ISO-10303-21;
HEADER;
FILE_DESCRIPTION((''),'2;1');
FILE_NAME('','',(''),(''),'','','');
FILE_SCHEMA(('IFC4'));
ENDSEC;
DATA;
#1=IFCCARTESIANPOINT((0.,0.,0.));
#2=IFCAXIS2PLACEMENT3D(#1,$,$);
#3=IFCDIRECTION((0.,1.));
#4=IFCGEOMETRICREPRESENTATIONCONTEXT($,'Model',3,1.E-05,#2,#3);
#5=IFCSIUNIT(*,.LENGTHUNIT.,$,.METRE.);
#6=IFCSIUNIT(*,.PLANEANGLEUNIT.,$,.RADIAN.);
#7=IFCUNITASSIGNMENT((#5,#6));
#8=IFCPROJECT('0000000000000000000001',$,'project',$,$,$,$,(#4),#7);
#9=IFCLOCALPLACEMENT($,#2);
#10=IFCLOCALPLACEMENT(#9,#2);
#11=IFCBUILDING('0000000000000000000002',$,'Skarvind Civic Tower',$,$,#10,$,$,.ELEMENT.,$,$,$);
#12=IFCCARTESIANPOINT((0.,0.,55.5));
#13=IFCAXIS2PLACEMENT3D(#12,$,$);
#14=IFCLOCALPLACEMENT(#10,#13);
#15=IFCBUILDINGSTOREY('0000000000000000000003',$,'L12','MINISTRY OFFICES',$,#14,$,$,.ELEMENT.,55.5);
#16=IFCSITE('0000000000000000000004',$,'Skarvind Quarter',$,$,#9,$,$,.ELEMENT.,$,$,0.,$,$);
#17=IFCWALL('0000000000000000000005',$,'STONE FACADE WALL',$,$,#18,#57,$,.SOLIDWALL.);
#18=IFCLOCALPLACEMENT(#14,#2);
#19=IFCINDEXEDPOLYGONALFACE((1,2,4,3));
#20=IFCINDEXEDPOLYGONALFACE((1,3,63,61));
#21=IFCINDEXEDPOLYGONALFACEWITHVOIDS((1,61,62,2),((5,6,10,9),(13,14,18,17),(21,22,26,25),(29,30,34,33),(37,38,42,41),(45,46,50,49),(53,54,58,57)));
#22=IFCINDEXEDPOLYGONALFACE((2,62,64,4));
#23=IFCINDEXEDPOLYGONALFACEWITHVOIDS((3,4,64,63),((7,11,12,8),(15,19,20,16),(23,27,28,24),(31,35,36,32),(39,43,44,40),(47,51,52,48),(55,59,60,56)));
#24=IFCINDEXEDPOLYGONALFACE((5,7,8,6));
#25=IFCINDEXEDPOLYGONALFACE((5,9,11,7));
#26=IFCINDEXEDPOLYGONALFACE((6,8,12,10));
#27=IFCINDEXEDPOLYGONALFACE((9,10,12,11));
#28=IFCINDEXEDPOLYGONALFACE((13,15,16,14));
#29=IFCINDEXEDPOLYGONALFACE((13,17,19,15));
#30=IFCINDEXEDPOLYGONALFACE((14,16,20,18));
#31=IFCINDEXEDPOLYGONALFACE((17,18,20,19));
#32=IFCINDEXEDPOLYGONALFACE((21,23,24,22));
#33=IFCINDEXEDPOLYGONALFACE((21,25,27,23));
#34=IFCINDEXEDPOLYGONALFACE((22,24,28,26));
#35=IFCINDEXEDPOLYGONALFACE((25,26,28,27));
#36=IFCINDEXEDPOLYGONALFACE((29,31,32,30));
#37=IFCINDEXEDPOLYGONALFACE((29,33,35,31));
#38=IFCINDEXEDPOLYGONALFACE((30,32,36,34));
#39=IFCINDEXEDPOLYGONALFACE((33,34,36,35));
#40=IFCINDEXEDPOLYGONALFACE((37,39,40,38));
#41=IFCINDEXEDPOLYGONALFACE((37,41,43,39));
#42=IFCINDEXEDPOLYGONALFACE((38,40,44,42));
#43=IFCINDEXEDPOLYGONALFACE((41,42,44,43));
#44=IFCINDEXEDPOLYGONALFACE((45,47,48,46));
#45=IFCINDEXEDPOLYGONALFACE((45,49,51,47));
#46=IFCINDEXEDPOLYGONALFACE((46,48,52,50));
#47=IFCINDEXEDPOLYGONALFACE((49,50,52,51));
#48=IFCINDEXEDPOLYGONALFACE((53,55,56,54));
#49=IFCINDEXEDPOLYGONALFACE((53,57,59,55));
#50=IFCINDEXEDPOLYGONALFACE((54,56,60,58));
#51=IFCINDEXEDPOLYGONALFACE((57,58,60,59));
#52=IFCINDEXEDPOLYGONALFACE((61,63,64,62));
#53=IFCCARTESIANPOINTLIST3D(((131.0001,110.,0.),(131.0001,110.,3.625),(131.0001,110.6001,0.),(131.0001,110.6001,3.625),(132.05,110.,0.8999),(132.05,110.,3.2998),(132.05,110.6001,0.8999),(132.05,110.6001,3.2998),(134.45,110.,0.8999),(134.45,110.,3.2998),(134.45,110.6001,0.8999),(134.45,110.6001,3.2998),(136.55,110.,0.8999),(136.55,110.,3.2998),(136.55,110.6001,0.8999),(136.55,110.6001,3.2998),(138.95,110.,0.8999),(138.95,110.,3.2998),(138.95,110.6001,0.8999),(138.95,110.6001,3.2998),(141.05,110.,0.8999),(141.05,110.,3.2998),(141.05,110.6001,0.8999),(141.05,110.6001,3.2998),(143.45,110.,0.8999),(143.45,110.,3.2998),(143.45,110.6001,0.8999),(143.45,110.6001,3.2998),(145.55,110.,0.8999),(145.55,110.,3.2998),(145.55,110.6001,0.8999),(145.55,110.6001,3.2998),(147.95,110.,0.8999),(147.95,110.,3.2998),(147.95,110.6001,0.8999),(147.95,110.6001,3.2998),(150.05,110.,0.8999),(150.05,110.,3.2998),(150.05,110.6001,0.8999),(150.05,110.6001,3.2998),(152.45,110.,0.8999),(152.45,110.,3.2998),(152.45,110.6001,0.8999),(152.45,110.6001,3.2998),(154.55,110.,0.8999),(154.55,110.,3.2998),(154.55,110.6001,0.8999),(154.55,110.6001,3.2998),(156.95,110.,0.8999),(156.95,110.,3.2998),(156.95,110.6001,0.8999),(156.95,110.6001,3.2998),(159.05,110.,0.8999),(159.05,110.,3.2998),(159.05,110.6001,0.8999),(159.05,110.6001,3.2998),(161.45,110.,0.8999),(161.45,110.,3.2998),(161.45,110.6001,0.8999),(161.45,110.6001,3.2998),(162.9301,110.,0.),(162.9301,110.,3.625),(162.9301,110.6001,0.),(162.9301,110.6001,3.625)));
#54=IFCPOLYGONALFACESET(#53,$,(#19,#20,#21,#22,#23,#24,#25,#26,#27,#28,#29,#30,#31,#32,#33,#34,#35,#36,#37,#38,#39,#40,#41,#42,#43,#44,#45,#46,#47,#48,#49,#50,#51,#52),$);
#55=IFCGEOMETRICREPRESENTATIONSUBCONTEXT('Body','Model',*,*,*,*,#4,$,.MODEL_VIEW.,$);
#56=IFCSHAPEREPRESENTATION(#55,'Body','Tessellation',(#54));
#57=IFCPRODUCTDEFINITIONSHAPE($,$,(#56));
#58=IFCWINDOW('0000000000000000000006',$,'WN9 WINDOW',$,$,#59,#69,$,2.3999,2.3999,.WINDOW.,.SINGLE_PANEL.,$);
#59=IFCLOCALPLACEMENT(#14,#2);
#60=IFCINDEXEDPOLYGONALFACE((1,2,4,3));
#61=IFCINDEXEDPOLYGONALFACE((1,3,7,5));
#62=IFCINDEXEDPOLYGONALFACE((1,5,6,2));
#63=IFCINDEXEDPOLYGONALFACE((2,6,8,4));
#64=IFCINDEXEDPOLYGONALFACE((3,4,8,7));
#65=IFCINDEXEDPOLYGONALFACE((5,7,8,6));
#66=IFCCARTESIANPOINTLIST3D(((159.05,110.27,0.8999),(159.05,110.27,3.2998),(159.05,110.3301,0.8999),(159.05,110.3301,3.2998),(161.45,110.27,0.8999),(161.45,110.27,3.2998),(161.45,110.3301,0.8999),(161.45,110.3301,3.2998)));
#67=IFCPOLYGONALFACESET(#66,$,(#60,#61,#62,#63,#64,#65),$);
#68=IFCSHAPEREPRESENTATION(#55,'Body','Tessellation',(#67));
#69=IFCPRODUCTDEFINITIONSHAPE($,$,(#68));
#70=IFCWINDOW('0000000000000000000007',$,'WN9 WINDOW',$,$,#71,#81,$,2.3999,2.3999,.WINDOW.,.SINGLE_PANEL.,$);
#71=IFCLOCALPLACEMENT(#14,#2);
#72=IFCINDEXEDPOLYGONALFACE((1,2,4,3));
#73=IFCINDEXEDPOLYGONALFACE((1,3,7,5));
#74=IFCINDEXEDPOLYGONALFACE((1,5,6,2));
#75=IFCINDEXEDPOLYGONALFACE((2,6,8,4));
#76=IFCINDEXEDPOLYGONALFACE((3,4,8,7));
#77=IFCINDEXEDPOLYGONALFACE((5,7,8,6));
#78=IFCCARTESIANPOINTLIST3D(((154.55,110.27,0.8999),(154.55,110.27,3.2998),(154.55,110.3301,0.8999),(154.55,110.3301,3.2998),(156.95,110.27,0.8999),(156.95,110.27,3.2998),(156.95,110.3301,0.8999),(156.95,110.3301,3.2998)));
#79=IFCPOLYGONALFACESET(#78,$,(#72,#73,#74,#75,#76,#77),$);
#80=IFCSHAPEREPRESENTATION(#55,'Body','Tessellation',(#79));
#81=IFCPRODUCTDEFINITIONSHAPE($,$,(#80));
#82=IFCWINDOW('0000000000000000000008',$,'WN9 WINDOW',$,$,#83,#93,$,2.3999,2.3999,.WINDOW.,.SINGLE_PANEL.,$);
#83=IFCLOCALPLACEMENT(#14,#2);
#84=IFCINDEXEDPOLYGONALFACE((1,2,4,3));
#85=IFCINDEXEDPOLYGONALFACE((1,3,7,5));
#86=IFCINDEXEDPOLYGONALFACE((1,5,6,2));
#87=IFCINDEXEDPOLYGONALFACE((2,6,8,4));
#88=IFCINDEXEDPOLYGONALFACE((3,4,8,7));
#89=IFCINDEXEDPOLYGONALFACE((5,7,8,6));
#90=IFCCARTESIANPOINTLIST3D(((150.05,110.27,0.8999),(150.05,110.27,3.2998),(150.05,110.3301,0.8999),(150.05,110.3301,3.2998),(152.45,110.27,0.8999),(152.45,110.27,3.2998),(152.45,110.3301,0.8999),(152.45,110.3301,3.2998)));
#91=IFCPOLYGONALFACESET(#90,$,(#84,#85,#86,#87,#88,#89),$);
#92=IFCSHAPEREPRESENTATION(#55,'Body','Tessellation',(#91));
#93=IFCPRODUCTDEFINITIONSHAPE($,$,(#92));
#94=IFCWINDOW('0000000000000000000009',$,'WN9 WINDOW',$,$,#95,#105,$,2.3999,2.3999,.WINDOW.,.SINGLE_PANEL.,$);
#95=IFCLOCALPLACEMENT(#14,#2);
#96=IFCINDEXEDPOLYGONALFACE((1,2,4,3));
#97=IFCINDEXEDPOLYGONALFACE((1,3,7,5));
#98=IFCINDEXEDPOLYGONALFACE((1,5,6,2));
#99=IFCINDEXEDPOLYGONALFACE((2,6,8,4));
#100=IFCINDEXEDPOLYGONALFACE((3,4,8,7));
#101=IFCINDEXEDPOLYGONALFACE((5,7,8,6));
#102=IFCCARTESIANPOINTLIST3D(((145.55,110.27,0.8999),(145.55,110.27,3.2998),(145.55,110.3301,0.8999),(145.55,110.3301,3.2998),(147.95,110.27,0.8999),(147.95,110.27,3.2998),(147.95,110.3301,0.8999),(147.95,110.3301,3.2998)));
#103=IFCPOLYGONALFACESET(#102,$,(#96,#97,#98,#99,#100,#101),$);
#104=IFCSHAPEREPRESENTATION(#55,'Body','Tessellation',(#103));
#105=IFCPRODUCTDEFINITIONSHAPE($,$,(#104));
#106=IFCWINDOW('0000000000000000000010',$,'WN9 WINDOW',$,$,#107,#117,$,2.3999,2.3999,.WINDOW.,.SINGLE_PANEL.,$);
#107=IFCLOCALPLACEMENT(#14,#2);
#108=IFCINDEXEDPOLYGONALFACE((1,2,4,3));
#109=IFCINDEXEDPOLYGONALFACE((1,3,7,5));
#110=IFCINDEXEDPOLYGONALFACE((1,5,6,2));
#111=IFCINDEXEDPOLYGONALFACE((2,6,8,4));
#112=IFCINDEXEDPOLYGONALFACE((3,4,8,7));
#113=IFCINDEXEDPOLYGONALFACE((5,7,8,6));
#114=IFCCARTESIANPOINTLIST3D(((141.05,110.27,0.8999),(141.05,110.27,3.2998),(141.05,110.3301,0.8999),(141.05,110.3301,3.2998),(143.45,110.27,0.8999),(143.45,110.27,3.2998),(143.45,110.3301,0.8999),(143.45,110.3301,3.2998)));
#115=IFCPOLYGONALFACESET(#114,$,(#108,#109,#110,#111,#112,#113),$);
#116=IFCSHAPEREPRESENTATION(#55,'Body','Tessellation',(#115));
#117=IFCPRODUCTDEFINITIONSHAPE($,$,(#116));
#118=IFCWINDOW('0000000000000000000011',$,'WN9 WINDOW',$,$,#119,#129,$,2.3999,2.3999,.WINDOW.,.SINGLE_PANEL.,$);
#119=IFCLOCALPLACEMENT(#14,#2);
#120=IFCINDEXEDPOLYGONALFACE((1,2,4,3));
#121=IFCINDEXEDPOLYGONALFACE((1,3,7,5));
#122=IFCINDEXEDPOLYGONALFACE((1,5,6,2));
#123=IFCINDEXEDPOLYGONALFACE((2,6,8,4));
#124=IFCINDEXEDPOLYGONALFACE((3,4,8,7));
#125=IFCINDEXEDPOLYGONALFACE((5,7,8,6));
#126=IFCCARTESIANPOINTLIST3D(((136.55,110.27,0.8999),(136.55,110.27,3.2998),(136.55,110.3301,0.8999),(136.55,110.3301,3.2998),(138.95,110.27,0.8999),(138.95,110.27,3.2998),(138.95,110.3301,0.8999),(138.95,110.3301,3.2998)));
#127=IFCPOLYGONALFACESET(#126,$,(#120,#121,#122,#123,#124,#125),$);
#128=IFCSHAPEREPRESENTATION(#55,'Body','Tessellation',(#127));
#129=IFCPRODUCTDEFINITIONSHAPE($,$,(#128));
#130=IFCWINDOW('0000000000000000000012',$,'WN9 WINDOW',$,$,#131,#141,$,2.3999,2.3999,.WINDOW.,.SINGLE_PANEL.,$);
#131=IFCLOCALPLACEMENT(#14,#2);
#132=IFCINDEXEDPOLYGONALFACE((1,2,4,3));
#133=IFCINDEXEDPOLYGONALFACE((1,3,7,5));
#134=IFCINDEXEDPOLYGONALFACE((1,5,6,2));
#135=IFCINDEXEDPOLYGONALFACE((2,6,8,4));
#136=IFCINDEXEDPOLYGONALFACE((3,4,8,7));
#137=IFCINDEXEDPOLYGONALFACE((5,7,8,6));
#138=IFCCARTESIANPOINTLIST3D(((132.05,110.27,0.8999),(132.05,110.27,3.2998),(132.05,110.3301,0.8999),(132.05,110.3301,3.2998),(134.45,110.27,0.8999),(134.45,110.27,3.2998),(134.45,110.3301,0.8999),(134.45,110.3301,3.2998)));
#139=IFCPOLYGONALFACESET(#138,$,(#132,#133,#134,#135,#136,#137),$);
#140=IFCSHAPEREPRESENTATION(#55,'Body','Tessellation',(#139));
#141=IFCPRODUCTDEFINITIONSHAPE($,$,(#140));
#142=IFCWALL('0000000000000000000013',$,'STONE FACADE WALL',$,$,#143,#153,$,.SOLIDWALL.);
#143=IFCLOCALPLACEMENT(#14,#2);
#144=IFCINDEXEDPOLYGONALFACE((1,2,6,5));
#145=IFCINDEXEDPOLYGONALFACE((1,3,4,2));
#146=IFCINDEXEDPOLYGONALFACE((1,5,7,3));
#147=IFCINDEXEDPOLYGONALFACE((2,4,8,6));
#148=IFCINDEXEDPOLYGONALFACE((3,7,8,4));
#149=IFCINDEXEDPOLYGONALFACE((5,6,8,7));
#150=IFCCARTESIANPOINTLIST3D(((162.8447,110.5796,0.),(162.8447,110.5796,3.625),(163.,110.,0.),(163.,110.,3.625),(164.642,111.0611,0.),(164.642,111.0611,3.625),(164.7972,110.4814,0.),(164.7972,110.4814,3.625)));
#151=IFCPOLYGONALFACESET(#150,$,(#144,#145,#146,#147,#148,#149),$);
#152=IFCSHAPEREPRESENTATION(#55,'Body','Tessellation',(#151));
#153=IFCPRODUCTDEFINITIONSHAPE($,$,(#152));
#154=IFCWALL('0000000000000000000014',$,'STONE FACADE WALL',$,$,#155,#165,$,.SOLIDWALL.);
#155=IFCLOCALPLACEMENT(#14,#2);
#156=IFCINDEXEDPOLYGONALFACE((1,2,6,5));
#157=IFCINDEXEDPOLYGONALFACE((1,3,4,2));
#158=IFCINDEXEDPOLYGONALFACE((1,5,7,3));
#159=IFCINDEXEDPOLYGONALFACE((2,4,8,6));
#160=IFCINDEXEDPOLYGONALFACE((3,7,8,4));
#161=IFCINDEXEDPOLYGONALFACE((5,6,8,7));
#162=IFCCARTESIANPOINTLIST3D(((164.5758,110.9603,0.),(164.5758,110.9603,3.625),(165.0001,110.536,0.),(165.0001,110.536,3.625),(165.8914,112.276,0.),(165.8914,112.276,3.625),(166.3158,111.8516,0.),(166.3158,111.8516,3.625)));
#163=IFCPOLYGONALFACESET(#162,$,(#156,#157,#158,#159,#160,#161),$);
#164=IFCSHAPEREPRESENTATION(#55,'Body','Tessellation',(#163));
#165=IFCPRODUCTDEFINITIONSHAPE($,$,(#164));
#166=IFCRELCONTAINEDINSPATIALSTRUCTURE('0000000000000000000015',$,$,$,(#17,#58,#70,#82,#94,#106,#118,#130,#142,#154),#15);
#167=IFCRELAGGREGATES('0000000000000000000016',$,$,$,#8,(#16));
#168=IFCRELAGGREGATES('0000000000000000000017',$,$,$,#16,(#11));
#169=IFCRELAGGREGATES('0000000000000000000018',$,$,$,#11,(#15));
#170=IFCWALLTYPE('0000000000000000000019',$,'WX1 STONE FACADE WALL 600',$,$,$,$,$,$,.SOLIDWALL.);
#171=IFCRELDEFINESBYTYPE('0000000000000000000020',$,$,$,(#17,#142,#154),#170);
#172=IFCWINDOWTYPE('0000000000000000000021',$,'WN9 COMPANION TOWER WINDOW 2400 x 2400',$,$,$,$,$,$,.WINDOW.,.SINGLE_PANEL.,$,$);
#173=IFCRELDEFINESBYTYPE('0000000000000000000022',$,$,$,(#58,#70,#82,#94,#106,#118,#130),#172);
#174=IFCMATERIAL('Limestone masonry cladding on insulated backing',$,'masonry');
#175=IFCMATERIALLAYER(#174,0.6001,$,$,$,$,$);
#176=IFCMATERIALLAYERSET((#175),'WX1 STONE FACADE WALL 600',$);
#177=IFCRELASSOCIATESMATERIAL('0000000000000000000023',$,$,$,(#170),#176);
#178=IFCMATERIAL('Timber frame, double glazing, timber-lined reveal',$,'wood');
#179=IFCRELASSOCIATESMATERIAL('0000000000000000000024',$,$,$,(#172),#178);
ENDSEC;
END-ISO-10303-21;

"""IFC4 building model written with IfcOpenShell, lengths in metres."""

from ifc_helpers import new_model, si_unit, direction, frame, frame_2d, origin, place, context, subcontext, project, spatial, rectangle, extrude, material, layer, layer_set, type_object, element, fill, save


model = new_model("IFC4")

# Units and contexts
model_context = context("Model", 3, precision=1e-05, world=origin(), true_north=direction((0.0, 1.0)))
body_context = subcontext(model_context, "Body", "Model", "MODEL_VIEW")
ifc_project = project(units=[si_unit("LENGTHUNIT", "METRE"), si_unit("PLANEANGLEUNIT", "RADIAN")], contexts=[model_context])

# Site, building, storey
site_placement = place(None, origin())
site = spatial("IfcSite", under=ifc_project, at=site_placement, Name="Skarvind Quarter", CompositionType="ELEMENT", RefElevation=0.0)
building_placement = place(site_placement, origin())
building = spatial("IfcBuilding", under=site, at=building_placement, Name="Skarvind Civic Tower", CompositionType="ELEMENT")
storey_placement = place(building_placement, frame((0.0, 0.0, 55.5)))
storey = spatial("IfcBuildingStorey", under=building, at=storey_placement, Name="L12", Description="MINISTRY OFFICES", CompositionType="ELEMENT", Elevation=55.5)

# Wall, openings, windows
ifc_material_1 = material(Name="Limestone masonry cladding on insulated backing", Category="masonry")
ifc_layer_1 = layer(ifc_material_1, 0.6001)
ifc_layer_set_1 = layer_set([ifc_layer_1], Name="WX1 STONE FACADE WALL 600")
wall_type_1 = type_object("IfcWallType", Name="WX1 STONE FACADE WALL 600", PredefinedType="SOLIDWALL", material=ifc_layer_set_1)
wall_1_placement = place(storey_placement, frame((162.9299, 110.3, 0.0), z_axis=(0.0, 0.0, 1.0), x_axis=(-1.0, 0.0, 0.0)))
wall_1 = element("IfcWall", 1, at=wall_1_placement, inside=storey, type_object=wall_type_1, Name="STONE FACADE WALL", PredefinedType="SOLIDWALL", context=body_context, shape_type="SweptSolid", body=[
    extrude(rectangle(XDim=31.9299, YDim=0.6001, at=frame_2d((15.9648, 0.0))), origin(), (0.0, 0.0, 1.0), 3.625),
])
opening_1_placement = place(wall_1_placement, frame((1.48, 0.0, 0.8999)))
opening_1 = element("IfcOpeningElement", 2, at=opening_1_placement, cuts=wall_1, PredefinedType="OPENING", context=body_context, shape_type="SweptSolid", body=[
    extrude(rectangle(XDim=2.3999, YDim=2.3999, at=frame_2d((1.2, 1.2))), frame((0.0, 0.3101, 0.0), z_axis=(0.0, -1.0, 0.0), x_axis=(1.0, 0.0, 0.0)), (0.0, 0.0, 1.0), 0.6201),
])
opening_2_placement = place(wall_1_placement, frame((5.98, 0.0, 0.8999)))
opening_2 = element("IfcOpeningElement", 3, at=opening_2_placement, cuts=wall_1, PredefinedType="OPENING", context=body_context, shape_type="SweptSolid", body=[
    extrude(rectangle(XDim=2.3999, YDim=2.3999, at=frame_2d((1.2, 1.2))), frame((0.0, 0.3101, 0.0), z_axis=(0.0, -1.0, 0.0), x_axis=(1.0, 0.0, 0.0)), (0.0, 0.0, 1.0), 0.6201),
])
opening_3_placement = place(wall_1_placement, frame((10.48, 0.0, 0.8999)))
opening_3 = element("IfcOpeningElement", 4, at=opening_3_placement, cuts=wall_1, PredefinedType="OPENING", context=body_context, shape_type="SweptSolid", body=[
    extrude(rectangle(XDim=2.3999, YDim=2.3999, at=frame_2d((1.2, 1.2))), frame((0.0, 0.3101, 0.0), z_axis=(0.0, -1.0, 0.0), x_axis=(1.0, 0.0, 0.0)), (0.0, 0.0, 1.0), 0.6201),
])
opening_4_placement = place(wall_1_placement, frame((14.98, 0.0, 0.8999)))
opening_4 = element("IfcOpeningElement", 5, at=opening_4_placement, cuts=wall_1, PredefinedType="OPENING", context=body_context, shape_type="SweptSolid", body=[
    extrude(rectangle(XDim=2.3999, YDim=2.3999, at=frame_2d((1.2, 1.2))), frame((0.0, 0.3101, 0.0), z_axis=(0.0, -1.0, 0.0), x_axis=(1.0, 0.0, 0.0)), (0.0, 0.0, 1.0), 0.6201),
])
opening_5_placement = place(wall_1_placement, frame((19.48, 0.0, 0.8999)))
opening_5 = element("IfcOpeningElement", 6, at=opening_5_placement, cuts=wall_1, PredefinedType="OPENING", context=body_context, shape_type="SweptSolid", body=[
    extrude(rectangle(XDim=2.3999, YDim=2.3999, at=frame_2d((1.2, 1.2))), frame((0.0, 0.3101, 0.0), z_axis=(0.0, -1.0, 0.0), x_axis=(1.0, 0.0, 0.0)), (0.0, 0.0, 1.0), 0.6201),
])
opening_6_placement = place(wall_1_placement, frame((23.98, 0.0, 0.8999)))
opening_6 = element("IfcOpeningElement", 7, at=opening_6_placement, cuts=wall_1, PredefinedType="OPENING", context=body_context, shape_type="SweptSolid", body=[
    extrude(rectangle(XDim=2.3999, YDim=2.3999, at=frame_2d((1.2, 1.2))), frame((0.0, 0.3101, 0.0), z_axis=(0.0, -1.0, 0.0), x_axis=(1.0, 0.0, 0.0)), (0.0, 0.0, 1.0), 0.6201),
])
opening_7_placement = place(wall_1_placement, frame((28.48, 0.0, 0.8999)))
opening_7 = element("IfcOpeningElement", 8, at=opening_7_placement, cuts=wall_1, PredefinedType="OPENING", context=body_context, shape_type="SweptSolid", body=[
    extrude(rectangle(XDim=2.3999, YDim=2.3999, at=frame_2d((1.2, 1.2))), frame((0.0, 0.3101, 0.0), z_axis=(0.0, -1.0, 0.0), x_axis=(1.0, 0.0, 0.0)), (0.0, 0.0, 1.0), 0.6201),
])
ifc_material_2 = material(Name="Timber frame, double glazing, timber-lined reveal", Category="wood")
window_type = type_object("IfcWindowType", Name="WN9 COMPANION TOWER WINDOW 2400 x 2400", PartitioningType="SINGLE_PANEL", PredefinedType="WINDOW", material=ifc_material_2)
window_1_placement = place(opening_1_placement, origin())
window_1 = element("IfcWindow", 9, at=window_1_placement, inside=storey, type_object=window_type, Name="WN9 WINDOW", OverallHeight=2.3999, OverallWidth=2.3999, PartitioningType="SINGLE_PANEL", PredefinedType="WINDOW", context=body_context, shape_type="SweptSolid", body=[
    extrude(rectangle(XDim=2.3999, YDim=2.3999, at=frame_2d((1.2, 1.2))), frame((0.0, 0.03, 0.0), z_axis=(0.0, -1.0, 0.0), x_axis=(1.0, 0.0, 0.0)), (0.0, 0.0, 1.0), 0.0601),
])
fill(opening_1, window_1)
window_2_placement = place(opening_2_placement, origin())
window_2 = element("IfcWindow", 10, at=window_2_placement, inside=storey, type_object=window_type, Name="WN9 WINDOW", OverallHeight=2.3999, OverallWidth=2.3999, PartitioningType="SINGLE_PANEL", PredefinedType="WINDOW", context=body_context, shape_type="SweptSolid", body=[
    extrude(rectangle(XDim=2.3999, YDim=2.3999, at=frame_2d((1.2, 1.2))), frame((0.0, 0.03, 0.0), z_axis=(0.0, -1.0, 0.0), x_axis=(1.0, 0.0, 0.0)), (0.0, 0.0, 1.0), 0.0601),
])
fill(opening_2, window_2)
window_3_placement = place(opening_3_placement, origin())
window_3 = element("IfcWindow", 11, at=window_3_placement, inside=storey, type_object=window_type, Name="WN9 WINDOW", OverallHeight=2.3999, OverallWidth=2.3999, PartitioningType="SINGLE_PANEL", PredefinedType="WINDOW", context=body_context, shape_type="SweptSolid", body=[
    extrude(rectangle(XDim=2.3999, YDim=2.3999, at=frame_2d((1.2, 1.2))), frame((0.0, 0.03, 0.0), z_axis=(0.0, -1.0, 0.0), x_axis=(1.0, 0.0, 0.0)), (0.0, 0.0, 1.0), 0.0601),
])
fill(opening_3, window_3)
window_4_placement = place(opening_4_placement, origin())
window_4 = element("IfcWindow", 12, at=window_4_placement, inside=storey, type_object=window_type, Name="WN9 WINDOW", OverallHeight=2.3999, OverallWidth=2.3999, PartitioningType="SINGLE_PANEL", PredefinedType="WINDOW", context=body_context, shape_type="SweptSolid", body=[
    extrude(rectangle(XDim=2.3999, YDim=2.3999, at=frame_2d((1.2, 1.2))), frame((0.0, 0.03, 0.0), z_axis=(0.0, -1.0, 0.0), x_axis=(1.0, 0.0, 0.0)), (0.0, 0.0, 1.0), 0.0601),
])
fill(opening_4, window_4)
window_5_placement = place(opening_5_placement, origin())
window_5 = element("IfcWindow", 13, at=window_5_placement, inside=storey, type_object=window_type, Name="WN9 WINDOW", OverallHeight=2.3999, OverallWidth=2.3999, PartitioningType="SINGLE_PANEL", PredefinedType="WINDOW", context=body_context, shape_type="SweptSolid", body=[
    extrude(rectangle(XDim=2.3999, YDim=2.3999, at=frame_2d((1.2, 1.2))), frame((0.0, 0.03, 0.0), z_axis=(0.0, -1.0, 0.0), x_axis=(1.0, 0.0, 0.0)), (0.0, 0.0, 1.0), 0.0601),
])
fill(opening_5, window_5)
window_6_placement = place(opening_6_placement, origin())
window_6 = element("IfcWindow", 14, at=window_6_placement, inside=storey, type_object=window_type, Name="WN9 WINDOW", OverallHeight=2.3999, OverallWidth=2.3999, PartitioningType="SINGLE_PANEL", PredefinedType="WINDOW", context=body_context, shape_type="SweptSolid", body=[
    extrude(rectangle(XDim=2.3999, YDim=2.3999, at=frame_2d((1.2, 1.2))), frame((0.0, 0.03, 0.0), z_axis=(0.0, -1.0, 0.0), x_axis=(1.0, 0.0, 0.0)), (0.0, 0.0, 1.0), 0.0601),
])
fill(opening_6, window_6)
window_7_placement = place(opening_7_placement, origin())
window_7 = element("IfcWindow", 15, at=window_7_placement, inside=storey, type_object=window_type, Name="WN9 WINDOW", OverallHeight=2.3999, OverallWidth=2.3999, PartitioningType="SINGLE_PANEL", PredefinedType="WINDOW", context=body_context, shape_type="SweptSolid", body=[
    extrude(rectangle(XDim=2.3999, YDim=2.3999, at=frame_2d((1.2, 1.2))), frame((0.0, 0.03, 0.0), z_axis=(0.0, -1.0, 0.0), x_axis=(1.0, 0.0, 0.0)), (0.0, 0.0, 1.0), 0.0601),
])
fill(opening_7, window_7)

# Walls
for number, where, z_axis, x_axis, name in (
    (16, (164.7195, 110.7712, 0.0), (0.0, 0.0, 1.0), (-0.965938, -0.258773, 0.0), "STONE FACADE WALL"),
    (17, (166.1035, 112.0637, 0.0), (0.0, 0.0, 1.0), (-0.707107, -0.707107, 0.0), "STONE FACADE WALL"),
):
    element("IfcWall", number, at=place(storey_placement, frame(where, z_axis=z_axis, x_axis=x_axis)), inside=storey, type_object=wall_type_1, Name=name, PredefinedType="SOLIDWALL", context=body_context, shape_type="SweptSolid", body=[
        extrude(rectangle(XDim=1.8606, YDim=0.6001, at=frame_2d((0.9302, 0.0))), origin(), (0.0, 0.0, 1.0), 3.625),
    ])

save(model, "model.ifc")
